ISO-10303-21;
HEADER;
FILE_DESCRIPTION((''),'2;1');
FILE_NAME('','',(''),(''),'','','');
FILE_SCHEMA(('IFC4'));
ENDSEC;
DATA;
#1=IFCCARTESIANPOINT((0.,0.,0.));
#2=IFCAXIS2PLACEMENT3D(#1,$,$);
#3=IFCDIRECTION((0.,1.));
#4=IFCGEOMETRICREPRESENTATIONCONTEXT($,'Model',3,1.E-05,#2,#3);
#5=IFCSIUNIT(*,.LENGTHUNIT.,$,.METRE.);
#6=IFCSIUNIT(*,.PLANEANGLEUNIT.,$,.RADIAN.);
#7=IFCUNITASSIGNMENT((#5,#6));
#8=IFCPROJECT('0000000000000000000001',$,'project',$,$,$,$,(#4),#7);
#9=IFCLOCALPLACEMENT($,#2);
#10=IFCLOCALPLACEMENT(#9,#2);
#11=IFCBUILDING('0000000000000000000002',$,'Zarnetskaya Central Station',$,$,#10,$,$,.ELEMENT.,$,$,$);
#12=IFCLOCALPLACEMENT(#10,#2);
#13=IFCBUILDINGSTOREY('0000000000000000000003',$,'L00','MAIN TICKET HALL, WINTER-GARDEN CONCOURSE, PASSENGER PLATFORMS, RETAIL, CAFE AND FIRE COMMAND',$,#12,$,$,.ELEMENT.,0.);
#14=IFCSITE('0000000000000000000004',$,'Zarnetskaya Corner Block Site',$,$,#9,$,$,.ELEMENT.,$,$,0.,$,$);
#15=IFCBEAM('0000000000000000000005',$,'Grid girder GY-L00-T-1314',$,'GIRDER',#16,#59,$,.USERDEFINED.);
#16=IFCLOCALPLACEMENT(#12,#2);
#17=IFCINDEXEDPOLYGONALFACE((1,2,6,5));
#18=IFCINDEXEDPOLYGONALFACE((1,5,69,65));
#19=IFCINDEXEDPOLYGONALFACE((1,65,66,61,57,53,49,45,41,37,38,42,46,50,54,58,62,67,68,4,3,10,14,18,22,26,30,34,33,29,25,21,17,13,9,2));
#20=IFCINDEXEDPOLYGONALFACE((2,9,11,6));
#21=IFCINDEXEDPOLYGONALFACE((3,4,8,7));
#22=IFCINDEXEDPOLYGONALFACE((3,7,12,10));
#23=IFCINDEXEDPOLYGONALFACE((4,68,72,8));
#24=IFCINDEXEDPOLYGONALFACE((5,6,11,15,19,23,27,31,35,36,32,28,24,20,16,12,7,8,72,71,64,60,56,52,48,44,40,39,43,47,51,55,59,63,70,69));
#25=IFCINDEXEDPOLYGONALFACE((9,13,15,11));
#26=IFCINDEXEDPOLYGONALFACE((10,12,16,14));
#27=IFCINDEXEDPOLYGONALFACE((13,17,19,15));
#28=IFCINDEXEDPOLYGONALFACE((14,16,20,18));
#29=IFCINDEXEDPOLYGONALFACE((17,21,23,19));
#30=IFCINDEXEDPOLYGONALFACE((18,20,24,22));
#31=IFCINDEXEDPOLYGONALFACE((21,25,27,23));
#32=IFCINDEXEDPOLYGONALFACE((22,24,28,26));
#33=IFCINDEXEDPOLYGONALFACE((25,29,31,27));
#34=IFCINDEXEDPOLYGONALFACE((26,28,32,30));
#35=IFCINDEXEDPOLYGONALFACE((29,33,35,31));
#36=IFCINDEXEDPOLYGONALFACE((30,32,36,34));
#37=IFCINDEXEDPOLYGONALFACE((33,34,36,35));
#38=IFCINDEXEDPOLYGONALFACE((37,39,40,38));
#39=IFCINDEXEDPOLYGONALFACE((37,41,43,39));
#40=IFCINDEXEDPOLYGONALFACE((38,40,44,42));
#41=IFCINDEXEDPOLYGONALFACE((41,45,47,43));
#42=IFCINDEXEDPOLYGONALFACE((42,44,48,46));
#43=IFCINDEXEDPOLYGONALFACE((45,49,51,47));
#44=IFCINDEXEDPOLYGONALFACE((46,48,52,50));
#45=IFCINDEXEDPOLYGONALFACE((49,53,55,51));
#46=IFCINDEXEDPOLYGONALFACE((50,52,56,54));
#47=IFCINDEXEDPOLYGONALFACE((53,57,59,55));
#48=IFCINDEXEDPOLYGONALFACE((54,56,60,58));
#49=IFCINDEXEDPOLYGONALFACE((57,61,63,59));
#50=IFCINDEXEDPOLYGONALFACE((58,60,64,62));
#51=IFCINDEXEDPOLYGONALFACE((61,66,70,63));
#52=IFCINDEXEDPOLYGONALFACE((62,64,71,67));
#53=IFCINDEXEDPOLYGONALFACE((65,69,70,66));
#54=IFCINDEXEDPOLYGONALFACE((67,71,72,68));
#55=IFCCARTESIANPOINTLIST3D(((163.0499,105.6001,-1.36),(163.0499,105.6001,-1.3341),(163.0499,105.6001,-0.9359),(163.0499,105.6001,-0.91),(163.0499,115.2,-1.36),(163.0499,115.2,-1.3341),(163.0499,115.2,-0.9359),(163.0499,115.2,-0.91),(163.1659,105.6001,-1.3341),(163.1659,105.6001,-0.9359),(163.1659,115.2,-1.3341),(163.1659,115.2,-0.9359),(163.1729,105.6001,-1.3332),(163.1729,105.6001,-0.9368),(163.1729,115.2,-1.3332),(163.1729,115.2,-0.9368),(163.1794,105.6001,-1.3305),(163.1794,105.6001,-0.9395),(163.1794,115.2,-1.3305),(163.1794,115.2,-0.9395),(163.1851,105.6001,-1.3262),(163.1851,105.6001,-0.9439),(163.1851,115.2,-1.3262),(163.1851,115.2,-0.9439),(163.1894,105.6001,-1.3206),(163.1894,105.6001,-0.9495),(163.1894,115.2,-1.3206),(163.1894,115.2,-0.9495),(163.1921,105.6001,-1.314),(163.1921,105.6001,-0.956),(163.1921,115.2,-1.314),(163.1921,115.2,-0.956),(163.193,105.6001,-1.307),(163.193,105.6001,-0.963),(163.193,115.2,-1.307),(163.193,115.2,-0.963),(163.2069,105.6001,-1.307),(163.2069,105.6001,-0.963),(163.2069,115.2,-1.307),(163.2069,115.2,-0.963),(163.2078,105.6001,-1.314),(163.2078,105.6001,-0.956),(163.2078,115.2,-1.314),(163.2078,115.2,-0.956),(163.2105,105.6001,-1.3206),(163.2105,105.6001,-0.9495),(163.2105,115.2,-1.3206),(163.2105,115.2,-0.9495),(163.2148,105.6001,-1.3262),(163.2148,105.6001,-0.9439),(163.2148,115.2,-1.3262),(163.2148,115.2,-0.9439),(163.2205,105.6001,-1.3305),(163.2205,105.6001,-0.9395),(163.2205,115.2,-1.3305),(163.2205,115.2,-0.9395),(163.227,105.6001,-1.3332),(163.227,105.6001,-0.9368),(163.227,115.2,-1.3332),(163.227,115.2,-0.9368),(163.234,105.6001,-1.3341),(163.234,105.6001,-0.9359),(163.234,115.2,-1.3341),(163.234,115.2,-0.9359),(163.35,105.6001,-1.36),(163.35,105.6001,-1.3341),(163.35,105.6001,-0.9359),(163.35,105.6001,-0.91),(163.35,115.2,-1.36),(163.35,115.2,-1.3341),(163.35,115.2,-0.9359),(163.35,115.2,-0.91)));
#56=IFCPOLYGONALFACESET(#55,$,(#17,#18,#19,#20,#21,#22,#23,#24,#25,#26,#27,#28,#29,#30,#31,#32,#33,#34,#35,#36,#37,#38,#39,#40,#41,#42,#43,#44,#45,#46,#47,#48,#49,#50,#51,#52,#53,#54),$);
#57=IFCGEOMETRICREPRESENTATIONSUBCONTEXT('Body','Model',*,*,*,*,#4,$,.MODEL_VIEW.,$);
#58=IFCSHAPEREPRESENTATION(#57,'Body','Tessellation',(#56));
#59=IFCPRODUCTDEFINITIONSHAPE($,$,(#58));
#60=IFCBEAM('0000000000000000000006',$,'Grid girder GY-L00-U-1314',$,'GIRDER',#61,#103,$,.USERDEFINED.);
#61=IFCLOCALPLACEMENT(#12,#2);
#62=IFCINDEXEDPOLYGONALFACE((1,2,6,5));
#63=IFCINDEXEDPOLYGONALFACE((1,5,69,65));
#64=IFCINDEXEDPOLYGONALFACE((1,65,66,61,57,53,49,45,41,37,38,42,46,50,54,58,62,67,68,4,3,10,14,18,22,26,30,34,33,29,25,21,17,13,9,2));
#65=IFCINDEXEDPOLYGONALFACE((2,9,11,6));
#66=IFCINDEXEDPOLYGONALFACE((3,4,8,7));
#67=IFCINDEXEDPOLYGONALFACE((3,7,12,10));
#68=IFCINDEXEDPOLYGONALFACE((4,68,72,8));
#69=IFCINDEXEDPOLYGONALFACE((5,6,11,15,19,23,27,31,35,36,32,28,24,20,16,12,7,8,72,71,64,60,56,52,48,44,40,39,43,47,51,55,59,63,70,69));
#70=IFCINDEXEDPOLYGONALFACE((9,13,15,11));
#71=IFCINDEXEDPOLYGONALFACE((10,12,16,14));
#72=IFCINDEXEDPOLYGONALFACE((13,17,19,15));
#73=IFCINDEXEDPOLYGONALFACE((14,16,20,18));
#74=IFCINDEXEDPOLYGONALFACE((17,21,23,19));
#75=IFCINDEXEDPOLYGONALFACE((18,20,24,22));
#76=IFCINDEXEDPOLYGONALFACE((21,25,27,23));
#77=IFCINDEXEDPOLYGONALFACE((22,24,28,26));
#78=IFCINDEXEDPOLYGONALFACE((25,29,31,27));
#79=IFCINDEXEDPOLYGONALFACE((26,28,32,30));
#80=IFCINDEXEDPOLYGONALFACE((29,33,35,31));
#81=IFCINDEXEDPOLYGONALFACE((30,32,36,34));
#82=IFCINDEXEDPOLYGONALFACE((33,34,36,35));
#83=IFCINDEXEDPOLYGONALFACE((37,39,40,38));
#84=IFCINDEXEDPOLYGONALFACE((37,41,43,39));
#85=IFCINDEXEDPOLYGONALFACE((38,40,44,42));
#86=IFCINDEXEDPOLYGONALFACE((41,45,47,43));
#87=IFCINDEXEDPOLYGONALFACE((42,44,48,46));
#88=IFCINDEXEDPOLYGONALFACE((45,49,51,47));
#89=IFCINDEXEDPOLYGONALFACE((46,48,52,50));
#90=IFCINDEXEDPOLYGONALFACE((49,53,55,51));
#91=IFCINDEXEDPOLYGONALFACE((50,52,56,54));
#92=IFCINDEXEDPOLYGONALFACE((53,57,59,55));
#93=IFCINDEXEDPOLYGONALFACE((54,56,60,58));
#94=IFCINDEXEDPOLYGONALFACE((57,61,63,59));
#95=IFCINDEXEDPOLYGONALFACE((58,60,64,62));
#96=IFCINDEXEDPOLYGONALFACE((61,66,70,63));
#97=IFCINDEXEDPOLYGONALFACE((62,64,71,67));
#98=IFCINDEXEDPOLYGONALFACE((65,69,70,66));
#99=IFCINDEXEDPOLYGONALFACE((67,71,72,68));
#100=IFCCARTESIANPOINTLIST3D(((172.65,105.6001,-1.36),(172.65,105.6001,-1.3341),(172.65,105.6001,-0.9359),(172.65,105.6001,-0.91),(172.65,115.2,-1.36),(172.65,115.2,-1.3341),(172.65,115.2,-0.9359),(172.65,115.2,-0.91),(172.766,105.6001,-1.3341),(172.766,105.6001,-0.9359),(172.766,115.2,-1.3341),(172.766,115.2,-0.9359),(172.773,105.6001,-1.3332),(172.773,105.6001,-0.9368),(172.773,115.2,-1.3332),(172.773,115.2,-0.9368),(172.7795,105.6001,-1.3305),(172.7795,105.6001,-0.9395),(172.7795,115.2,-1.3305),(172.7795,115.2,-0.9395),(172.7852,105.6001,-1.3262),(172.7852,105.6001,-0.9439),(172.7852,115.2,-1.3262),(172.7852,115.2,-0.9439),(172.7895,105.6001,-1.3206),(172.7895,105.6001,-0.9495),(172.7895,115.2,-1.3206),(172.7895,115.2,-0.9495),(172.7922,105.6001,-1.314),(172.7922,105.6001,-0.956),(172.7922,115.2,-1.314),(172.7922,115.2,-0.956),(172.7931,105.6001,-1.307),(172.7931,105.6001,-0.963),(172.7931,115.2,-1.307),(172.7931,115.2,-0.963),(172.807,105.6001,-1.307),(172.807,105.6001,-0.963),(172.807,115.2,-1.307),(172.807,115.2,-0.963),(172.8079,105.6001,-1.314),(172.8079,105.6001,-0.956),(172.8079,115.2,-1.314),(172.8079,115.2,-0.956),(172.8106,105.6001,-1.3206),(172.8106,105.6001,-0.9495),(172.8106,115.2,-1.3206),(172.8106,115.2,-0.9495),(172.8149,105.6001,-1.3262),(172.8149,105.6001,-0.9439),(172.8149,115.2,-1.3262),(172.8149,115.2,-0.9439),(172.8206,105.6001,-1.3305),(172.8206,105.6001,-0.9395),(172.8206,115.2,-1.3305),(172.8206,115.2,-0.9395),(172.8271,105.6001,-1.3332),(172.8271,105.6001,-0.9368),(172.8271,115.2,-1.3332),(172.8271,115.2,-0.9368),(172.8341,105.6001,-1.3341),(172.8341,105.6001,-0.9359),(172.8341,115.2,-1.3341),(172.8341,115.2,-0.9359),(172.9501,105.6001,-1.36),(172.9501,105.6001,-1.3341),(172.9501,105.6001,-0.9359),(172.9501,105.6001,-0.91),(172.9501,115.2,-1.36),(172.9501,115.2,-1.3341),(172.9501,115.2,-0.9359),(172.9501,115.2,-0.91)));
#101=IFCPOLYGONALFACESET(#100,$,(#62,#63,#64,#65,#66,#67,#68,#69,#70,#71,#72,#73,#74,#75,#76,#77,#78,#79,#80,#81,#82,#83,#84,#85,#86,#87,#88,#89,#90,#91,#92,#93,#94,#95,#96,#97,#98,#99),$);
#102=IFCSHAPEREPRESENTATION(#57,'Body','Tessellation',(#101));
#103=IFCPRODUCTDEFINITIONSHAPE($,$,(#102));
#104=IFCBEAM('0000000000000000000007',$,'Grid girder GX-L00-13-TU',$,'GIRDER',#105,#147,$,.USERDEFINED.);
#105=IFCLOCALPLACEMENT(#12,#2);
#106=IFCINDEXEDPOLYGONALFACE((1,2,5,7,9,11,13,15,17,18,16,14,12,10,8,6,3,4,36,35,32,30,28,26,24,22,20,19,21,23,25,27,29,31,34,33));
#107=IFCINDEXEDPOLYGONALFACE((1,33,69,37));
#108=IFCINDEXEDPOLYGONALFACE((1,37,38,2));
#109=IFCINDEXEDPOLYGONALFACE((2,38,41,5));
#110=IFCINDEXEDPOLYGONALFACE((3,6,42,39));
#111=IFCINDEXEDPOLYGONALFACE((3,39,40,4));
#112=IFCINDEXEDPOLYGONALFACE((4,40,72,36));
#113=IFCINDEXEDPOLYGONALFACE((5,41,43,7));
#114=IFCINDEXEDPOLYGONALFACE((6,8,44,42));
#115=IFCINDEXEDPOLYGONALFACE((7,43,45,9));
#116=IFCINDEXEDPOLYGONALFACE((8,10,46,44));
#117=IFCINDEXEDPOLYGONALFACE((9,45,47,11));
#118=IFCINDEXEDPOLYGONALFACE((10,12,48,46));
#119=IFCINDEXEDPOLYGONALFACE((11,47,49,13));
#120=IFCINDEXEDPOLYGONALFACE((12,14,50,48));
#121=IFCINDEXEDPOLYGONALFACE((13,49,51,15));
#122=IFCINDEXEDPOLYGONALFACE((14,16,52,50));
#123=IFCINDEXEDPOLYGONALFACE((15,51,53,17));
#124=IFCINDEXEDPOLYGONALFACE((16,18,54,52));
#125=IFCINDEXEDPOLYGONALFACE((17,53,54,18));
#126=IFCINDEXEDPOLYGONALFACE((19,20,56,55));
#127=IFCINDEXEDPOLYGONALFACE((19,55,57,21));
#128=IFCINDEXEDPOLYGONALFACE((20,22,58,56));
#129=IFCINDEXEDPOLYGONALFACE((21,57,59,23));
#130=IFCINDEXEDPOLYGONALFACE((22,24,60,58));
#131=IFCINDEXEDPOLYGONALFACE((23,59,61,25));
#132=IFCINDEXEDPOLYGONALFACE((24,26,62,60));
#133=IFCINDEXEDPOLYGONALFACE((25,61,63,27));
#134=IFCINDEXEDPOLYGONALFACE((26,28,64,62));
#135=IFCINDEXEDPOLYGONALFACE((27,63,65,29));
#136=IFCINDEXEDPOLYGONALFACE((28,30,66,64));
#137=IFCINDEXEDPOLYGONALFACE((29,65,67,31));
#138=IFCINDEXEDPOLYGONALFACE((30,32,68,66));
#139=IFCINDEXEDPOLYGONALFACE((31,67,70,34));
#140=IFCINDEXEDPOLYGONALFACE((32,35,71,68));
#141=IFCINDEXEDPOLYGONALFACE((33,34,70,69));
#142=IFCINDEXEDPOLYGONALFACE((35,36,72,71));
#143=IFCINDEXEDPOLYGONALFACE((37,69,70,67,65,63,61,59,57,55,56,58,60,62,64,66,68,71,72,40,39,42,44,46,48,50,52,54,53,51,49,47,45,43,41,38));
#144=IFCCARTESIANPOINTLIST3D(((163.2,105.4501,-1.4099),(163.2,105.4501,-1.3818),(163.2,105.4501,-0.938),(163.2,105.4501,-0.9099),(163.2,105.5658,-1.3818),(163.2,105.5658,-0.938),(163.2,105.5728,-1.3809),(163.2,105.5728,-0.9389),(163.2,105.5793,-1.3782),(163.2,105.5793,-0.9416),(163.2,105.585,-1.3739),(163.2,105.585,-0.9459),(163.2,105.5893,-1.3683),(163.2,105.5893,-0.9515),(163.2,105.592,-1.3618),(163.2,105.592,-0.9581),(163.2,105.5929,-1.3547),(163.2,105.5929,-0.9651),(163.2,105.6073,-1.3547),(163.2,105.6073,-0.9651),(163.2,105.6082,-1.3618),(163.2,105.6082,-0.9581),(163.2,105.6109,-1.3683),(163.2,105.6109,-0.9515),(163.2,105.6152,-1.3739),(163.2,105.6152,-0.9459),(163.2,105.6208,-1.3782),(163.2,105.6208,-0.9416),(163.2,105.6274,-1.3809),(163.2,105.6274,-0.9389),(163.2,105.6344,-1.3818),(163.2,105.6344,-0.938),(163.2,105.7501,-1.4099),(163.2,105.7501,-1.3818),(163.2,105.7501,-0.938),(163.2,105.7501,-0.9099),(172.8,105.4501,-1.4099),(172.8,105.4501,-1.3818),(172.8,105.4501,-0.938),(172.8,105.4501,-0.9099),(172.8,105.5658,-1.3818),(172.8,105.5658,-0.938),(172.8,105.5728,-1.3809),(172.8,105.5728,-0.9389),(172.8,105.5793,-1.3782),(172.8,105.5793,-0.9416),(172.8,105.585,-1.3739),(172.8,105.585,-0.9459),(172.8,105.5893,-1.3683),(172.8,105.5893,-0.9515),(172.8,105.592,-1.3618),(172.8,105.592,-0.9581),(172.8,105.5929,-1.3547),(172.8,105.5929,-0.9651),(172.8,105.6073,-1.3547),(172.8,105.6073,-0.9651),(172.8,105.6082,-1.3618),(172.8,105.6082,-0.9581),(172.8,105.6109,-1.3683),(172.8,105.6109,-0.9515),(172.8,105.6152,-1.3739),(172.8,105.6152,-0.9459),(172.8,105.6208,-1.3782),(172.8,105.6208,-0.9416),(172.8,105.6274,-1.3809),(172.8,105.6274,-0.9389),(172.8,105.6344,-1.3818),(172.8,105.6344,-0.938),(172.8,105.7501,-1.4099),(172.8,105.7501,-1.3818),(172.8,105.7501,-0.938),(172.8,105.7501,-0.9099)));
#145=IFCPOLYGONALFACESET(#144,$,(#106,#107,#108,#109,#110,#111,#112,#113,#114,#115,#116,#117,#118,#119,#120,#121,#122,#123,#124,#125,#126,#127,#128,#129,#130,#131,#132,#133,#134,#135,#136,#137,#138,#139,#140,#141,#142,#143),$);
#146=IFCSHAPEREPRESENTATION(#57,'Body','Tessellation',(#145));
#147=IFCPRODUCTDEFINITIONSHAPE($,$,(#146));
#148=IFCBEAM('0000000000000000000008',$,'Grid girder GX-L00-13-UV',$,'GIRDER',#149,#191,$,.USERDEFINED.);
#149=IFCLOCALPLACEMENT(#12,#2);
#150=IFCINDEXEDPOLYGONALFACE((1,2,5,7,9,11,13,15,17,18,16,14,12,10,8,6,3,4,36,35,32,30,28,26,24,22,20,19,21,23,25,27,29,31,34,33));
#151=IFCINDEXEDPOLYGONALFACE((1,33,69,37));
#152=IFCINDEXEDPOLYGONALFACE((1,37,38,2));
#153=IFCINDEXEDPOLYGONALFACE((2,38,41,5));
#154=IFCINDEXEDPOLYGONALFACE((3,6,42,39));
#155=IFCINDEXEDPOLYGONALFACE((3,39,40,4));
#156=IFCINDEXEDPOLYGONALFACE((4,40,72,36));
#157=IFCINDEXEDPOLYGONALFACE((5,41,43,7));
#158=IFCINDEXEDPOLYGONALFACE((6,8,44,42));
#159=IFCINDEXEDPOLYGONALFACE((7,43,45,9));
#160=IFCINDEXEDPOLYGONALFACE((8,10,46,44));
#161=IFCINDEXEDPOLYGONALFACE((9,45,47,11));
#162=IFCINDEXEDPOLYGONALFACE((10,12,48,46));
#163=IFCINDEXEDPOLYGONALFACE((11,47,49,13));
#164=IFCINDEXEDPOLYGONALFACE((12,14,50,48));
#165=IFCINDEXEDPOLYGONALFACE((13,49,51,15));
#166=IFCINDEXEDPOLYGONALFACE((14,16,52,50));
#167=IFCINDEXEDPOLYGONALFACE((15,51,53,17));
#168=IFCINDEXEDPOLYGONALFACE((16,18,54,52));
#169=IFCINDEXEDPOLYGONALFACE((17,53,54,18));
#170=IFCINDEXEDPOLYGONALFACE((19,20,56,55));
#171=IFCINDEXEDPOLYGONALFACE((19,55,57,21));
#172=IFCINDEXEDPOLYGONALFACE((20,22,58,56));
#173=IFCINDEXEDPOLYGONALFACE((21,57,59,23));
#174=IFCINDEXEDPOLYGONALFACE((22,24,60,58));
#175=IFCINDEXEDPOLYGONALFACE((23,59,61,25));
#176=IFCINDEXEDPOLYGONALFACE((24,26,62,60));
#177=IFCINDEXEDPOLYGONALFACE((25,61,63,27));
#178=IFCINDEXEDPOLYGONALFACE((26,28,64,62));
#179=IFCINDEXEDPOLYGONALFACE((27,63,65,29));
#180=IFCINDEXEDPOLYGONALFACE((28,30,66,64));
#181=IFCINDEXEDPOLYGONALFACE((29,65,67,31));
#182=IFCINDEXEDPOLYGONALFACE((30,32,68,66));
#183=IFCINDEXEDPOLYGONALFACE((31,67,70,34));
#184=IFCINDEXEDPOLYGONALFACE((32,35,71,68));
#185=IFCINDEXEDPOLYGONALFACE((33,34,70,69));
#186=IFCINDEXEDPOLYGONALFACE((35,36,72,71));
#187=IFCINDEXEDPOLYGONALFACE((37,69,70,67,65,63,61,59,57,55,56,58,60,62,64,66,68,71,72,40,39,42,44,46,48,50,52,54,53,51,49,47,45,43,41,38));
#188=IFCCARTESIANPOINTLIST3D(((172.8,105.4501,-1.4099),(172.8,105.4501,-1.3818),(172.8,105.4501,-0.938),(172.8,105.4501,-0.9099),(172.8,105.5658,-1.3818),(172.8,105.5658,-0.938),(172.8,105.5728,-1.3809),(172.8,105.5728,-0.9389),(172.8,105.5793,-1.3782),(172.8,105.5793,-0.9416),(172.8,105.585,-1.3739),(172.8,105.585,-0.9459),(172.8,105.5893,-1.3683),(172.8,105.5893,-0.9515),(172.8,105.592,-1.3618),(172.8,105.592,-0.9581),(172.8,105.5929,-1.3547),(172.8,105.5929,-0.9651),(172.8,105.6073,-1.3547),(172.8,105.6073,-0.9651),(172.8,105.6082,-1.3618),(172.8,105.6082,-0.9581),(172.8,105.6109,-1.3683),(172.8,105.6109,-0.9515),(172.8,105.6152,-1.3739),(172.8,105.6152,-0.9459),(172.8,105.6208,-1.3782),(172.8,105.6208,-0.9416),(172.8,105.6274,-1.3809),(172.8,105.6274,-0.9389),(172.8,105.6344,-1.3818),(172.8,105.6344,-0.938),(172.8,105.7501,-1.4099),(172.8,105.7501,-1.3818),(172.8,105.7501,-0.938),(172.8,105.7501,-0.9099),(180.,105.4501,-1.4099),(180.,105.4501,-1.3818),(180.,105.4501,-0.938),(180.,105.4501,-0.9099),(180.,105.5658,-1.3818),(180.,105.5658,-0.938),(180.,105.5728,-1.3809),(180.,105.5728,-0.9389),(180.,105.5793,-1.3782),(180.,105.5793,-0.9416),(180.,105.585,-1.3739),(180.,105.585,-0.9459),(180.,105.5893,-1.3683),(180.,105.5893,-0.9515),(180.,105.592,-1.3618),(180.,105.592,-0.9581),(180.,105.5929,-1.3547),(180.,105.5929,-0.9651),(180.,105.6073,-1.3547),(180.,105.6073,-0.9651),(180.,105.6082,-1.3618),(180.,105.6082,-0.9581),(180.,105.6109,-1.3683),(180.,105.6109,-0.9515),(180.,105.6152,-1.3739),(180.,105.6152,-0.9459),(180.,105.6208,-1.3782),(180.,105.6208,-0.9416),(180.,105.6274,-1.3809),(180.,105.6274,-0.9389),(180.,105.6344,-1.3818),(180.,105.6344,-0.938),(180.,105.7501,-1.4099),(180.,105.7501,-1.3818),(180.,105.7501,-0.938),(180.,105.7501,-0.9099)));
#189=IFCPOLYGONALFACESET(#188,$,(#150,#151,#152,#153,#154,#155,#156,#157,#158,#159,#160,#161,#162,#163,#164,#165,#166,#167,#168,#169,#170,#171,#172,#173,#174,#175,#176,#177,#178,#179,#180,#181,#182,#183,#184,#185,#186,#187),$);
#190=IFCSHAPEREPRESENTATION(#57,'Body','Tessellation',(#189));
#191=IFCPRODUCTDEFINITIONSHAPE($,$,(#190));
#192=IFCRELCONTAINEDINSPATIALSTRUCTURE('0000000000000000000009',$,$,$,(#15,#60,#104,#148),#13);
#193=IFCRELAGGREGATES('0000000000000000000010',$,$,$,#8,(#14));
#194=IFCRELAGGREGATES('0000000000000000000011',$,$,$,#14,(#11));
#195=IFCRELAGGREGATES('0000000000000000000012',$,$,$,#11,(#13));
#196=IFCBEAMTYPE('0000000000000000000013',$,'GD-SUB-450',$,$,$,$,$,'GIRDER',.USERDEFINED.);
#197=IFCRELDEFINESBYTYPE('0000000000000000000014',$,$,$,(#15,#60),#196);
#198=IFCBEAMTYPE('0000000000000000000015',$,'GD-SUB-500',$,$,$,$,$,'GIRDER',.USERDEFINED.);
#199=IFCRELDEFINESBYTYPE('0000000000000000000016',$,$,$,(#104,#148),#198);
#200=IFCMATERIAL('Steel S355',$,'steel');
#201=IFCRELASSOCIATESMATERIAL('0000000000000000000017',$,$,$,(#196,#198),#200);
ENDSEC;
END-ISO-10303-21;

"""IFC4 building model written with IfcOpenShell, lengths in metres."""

from ifc_helpers import new_model, si_unit, direction, frame, origin, origin_2d, place, context, subcontext, project, spatial, i_section, extrude, material, material_profile, profile_set, type_object, element, save


model = new_model("IFC4")

# Units and contexts
model_context = context("Model", 3, precision=1e-05, world=origin(), true_north=direction((0.0, 1.0)))
body_context = subcontext(model_context, "Body", "Model", "MODEL_VIEW")
ifc_project = project(units=[si_unit("LENGTHUNIT", "METRE"), si_unit("PLANEANGLEUNIT", "RADIAN")], contexts=[model_context])

# Site, building, storey
site_placement = place(None, origin())
site = spatial("IfcSite", under=ifc_project, at=site_placement, Name="Zarnetskaya Corner Block Site", CompositionType="ELEMENT", RefElevation=0.0)
building_placement = place(site_placement, origin())
building = spatial("IfcBuilding", under=site, at=building_placement, Name="Zarnetskaya Central Station", CompositionType="ELEMENT")
storey_placement = place(building_placement, origin())
storey = spatial("IfcBuildingStorey", under=building, at=storey_placement, Name="L00", Description="MAIN TICKET HALL, WINTER-GARDEN CONCOURSE, PASSENGER PLATFORMS, RETAIL, CAFE AND FIRE COMMAND", CompositionType="ELEMENT", Elevation=0.0)

# Shared definitions
ifc_material = material(Name="Steel S355", Category="steel")

# Beams
ifc_material_profile_1 = material_profile(ifc_material, i_section(OverallWidth=0.3, OverallDepth=0.45, WebThickness=0.0139, FlangeThickness=0.0259, FilletRadius=0.0271, at=origin_2d()), Name="HEB 450")
ifc_profile_set_1 = profile_set([ifc_material_profile_1], Name="Steel S355")
beam_type_1 = type_object("IfcBeamType", Name="GD-SUB-450", ElementType="GIRDER", PredefinedType="USERDEFINED", material=ifc_profile_set_1)
for number, where, z_axis, x_axis, name in (
    (1, (163.2, 105.6001, -1.135), (0.0, 1.0, 0.0), (-1.0, 0.0, 0.0), "Grid girder GY-L00-T-1314"),
    (2, (172.8, 105.6001, -1.135), (0.0, 1.0, 0.0), (-1.0, 0.0, 0.0), "Grid girder GY-L00-U-1314"),
):
    element("IfcBeam", number, at=place(storey_placement, frame(where, z_axis=z_axis, x_axis=x_axis)), inside=storey, type_object=beam_type_1, Name=name, ObjectType="GIRDER", PredefinedType="USERDEFINED", context=body_context, shape_type="SweptSolid", body=[
        extrude(i_section(OverallWidth=0.3, OverallDepth=0.45, WebThickness=0.0139, FlangeThickness=0.0259, FilletRadius=0.0271, at=origin_2d()), origin(), (0.0, 0.0, 1.0), 9.5999),
    ])
ifc_material_profile_2 = material_profile(ifc_material, i_section(OverallWidth=0.3, OverallDepth=0.5, WebThickness=0.0144, FlangeThickness=0.0281, FilletRadius=0.0271, at=origin_2d()), Name="HEB 500")
ifc_profile_set_2 = profile_set([ifc_material_profile_2], Name="Steel S355")
beam_type_2 = type_object("IfcBeamType", Name="GD-SUB-500", ElementType="GIRDER", PredefinedType="USERDEFINED", material=ifc_profile_set_2)
beam_1_placement = place(storey_placement, frame((163.2, 105.6001, -1.1599), z_axis=(1.0, 0.0, 0.0), x_axis=(0.0, 1.0, 0.0)))
element("IfcBeam", 3, at=beam_1_placement, inside=storey, type_object=beam_type_2, Name="Grid girder GX-L00-13-TU", ObjectType="GIRDER", PredefinedType="USERDEFINED", context=body_context, shape_type="SweptSolid", body=[
    extrude(i_section(OverallWidth=0.3, OverallDepth=0.5, WebThickness=0.0144, FlangeThickness=0.0281, FilletRadius=0.0271, at=origin_2d()), origin(), (0.0, 0.0, 1.0), 9.6001),
])
beam_2_placement = place(storey_placement, frame((172.8, 105.6001, -1.1599), z_axis=(1.0, 0.0, 0.0), x_axis=(0.0, 1.0, 0.0)))
element("IfcBeam", 4, at=beam_2_placement, inside=storey, type_object=beam_type_2, Name="Grid girder GX-L00-13-UV", ObjectType="GIRDER", PredefinedType="USERDEFINED", context=body_context, shape_type="SweptSolid", body=[
    extrude(i_section(OverallWidth=0.3, OverallDepth=0.5, WebThickness=0.0144, FlangeThickness=0.0281, FilletRadius=0.0271, at=origin_2d()), origin(), (0.0, 0.0, 1.0), 7.2),
])

save(model, "model.ifc")
